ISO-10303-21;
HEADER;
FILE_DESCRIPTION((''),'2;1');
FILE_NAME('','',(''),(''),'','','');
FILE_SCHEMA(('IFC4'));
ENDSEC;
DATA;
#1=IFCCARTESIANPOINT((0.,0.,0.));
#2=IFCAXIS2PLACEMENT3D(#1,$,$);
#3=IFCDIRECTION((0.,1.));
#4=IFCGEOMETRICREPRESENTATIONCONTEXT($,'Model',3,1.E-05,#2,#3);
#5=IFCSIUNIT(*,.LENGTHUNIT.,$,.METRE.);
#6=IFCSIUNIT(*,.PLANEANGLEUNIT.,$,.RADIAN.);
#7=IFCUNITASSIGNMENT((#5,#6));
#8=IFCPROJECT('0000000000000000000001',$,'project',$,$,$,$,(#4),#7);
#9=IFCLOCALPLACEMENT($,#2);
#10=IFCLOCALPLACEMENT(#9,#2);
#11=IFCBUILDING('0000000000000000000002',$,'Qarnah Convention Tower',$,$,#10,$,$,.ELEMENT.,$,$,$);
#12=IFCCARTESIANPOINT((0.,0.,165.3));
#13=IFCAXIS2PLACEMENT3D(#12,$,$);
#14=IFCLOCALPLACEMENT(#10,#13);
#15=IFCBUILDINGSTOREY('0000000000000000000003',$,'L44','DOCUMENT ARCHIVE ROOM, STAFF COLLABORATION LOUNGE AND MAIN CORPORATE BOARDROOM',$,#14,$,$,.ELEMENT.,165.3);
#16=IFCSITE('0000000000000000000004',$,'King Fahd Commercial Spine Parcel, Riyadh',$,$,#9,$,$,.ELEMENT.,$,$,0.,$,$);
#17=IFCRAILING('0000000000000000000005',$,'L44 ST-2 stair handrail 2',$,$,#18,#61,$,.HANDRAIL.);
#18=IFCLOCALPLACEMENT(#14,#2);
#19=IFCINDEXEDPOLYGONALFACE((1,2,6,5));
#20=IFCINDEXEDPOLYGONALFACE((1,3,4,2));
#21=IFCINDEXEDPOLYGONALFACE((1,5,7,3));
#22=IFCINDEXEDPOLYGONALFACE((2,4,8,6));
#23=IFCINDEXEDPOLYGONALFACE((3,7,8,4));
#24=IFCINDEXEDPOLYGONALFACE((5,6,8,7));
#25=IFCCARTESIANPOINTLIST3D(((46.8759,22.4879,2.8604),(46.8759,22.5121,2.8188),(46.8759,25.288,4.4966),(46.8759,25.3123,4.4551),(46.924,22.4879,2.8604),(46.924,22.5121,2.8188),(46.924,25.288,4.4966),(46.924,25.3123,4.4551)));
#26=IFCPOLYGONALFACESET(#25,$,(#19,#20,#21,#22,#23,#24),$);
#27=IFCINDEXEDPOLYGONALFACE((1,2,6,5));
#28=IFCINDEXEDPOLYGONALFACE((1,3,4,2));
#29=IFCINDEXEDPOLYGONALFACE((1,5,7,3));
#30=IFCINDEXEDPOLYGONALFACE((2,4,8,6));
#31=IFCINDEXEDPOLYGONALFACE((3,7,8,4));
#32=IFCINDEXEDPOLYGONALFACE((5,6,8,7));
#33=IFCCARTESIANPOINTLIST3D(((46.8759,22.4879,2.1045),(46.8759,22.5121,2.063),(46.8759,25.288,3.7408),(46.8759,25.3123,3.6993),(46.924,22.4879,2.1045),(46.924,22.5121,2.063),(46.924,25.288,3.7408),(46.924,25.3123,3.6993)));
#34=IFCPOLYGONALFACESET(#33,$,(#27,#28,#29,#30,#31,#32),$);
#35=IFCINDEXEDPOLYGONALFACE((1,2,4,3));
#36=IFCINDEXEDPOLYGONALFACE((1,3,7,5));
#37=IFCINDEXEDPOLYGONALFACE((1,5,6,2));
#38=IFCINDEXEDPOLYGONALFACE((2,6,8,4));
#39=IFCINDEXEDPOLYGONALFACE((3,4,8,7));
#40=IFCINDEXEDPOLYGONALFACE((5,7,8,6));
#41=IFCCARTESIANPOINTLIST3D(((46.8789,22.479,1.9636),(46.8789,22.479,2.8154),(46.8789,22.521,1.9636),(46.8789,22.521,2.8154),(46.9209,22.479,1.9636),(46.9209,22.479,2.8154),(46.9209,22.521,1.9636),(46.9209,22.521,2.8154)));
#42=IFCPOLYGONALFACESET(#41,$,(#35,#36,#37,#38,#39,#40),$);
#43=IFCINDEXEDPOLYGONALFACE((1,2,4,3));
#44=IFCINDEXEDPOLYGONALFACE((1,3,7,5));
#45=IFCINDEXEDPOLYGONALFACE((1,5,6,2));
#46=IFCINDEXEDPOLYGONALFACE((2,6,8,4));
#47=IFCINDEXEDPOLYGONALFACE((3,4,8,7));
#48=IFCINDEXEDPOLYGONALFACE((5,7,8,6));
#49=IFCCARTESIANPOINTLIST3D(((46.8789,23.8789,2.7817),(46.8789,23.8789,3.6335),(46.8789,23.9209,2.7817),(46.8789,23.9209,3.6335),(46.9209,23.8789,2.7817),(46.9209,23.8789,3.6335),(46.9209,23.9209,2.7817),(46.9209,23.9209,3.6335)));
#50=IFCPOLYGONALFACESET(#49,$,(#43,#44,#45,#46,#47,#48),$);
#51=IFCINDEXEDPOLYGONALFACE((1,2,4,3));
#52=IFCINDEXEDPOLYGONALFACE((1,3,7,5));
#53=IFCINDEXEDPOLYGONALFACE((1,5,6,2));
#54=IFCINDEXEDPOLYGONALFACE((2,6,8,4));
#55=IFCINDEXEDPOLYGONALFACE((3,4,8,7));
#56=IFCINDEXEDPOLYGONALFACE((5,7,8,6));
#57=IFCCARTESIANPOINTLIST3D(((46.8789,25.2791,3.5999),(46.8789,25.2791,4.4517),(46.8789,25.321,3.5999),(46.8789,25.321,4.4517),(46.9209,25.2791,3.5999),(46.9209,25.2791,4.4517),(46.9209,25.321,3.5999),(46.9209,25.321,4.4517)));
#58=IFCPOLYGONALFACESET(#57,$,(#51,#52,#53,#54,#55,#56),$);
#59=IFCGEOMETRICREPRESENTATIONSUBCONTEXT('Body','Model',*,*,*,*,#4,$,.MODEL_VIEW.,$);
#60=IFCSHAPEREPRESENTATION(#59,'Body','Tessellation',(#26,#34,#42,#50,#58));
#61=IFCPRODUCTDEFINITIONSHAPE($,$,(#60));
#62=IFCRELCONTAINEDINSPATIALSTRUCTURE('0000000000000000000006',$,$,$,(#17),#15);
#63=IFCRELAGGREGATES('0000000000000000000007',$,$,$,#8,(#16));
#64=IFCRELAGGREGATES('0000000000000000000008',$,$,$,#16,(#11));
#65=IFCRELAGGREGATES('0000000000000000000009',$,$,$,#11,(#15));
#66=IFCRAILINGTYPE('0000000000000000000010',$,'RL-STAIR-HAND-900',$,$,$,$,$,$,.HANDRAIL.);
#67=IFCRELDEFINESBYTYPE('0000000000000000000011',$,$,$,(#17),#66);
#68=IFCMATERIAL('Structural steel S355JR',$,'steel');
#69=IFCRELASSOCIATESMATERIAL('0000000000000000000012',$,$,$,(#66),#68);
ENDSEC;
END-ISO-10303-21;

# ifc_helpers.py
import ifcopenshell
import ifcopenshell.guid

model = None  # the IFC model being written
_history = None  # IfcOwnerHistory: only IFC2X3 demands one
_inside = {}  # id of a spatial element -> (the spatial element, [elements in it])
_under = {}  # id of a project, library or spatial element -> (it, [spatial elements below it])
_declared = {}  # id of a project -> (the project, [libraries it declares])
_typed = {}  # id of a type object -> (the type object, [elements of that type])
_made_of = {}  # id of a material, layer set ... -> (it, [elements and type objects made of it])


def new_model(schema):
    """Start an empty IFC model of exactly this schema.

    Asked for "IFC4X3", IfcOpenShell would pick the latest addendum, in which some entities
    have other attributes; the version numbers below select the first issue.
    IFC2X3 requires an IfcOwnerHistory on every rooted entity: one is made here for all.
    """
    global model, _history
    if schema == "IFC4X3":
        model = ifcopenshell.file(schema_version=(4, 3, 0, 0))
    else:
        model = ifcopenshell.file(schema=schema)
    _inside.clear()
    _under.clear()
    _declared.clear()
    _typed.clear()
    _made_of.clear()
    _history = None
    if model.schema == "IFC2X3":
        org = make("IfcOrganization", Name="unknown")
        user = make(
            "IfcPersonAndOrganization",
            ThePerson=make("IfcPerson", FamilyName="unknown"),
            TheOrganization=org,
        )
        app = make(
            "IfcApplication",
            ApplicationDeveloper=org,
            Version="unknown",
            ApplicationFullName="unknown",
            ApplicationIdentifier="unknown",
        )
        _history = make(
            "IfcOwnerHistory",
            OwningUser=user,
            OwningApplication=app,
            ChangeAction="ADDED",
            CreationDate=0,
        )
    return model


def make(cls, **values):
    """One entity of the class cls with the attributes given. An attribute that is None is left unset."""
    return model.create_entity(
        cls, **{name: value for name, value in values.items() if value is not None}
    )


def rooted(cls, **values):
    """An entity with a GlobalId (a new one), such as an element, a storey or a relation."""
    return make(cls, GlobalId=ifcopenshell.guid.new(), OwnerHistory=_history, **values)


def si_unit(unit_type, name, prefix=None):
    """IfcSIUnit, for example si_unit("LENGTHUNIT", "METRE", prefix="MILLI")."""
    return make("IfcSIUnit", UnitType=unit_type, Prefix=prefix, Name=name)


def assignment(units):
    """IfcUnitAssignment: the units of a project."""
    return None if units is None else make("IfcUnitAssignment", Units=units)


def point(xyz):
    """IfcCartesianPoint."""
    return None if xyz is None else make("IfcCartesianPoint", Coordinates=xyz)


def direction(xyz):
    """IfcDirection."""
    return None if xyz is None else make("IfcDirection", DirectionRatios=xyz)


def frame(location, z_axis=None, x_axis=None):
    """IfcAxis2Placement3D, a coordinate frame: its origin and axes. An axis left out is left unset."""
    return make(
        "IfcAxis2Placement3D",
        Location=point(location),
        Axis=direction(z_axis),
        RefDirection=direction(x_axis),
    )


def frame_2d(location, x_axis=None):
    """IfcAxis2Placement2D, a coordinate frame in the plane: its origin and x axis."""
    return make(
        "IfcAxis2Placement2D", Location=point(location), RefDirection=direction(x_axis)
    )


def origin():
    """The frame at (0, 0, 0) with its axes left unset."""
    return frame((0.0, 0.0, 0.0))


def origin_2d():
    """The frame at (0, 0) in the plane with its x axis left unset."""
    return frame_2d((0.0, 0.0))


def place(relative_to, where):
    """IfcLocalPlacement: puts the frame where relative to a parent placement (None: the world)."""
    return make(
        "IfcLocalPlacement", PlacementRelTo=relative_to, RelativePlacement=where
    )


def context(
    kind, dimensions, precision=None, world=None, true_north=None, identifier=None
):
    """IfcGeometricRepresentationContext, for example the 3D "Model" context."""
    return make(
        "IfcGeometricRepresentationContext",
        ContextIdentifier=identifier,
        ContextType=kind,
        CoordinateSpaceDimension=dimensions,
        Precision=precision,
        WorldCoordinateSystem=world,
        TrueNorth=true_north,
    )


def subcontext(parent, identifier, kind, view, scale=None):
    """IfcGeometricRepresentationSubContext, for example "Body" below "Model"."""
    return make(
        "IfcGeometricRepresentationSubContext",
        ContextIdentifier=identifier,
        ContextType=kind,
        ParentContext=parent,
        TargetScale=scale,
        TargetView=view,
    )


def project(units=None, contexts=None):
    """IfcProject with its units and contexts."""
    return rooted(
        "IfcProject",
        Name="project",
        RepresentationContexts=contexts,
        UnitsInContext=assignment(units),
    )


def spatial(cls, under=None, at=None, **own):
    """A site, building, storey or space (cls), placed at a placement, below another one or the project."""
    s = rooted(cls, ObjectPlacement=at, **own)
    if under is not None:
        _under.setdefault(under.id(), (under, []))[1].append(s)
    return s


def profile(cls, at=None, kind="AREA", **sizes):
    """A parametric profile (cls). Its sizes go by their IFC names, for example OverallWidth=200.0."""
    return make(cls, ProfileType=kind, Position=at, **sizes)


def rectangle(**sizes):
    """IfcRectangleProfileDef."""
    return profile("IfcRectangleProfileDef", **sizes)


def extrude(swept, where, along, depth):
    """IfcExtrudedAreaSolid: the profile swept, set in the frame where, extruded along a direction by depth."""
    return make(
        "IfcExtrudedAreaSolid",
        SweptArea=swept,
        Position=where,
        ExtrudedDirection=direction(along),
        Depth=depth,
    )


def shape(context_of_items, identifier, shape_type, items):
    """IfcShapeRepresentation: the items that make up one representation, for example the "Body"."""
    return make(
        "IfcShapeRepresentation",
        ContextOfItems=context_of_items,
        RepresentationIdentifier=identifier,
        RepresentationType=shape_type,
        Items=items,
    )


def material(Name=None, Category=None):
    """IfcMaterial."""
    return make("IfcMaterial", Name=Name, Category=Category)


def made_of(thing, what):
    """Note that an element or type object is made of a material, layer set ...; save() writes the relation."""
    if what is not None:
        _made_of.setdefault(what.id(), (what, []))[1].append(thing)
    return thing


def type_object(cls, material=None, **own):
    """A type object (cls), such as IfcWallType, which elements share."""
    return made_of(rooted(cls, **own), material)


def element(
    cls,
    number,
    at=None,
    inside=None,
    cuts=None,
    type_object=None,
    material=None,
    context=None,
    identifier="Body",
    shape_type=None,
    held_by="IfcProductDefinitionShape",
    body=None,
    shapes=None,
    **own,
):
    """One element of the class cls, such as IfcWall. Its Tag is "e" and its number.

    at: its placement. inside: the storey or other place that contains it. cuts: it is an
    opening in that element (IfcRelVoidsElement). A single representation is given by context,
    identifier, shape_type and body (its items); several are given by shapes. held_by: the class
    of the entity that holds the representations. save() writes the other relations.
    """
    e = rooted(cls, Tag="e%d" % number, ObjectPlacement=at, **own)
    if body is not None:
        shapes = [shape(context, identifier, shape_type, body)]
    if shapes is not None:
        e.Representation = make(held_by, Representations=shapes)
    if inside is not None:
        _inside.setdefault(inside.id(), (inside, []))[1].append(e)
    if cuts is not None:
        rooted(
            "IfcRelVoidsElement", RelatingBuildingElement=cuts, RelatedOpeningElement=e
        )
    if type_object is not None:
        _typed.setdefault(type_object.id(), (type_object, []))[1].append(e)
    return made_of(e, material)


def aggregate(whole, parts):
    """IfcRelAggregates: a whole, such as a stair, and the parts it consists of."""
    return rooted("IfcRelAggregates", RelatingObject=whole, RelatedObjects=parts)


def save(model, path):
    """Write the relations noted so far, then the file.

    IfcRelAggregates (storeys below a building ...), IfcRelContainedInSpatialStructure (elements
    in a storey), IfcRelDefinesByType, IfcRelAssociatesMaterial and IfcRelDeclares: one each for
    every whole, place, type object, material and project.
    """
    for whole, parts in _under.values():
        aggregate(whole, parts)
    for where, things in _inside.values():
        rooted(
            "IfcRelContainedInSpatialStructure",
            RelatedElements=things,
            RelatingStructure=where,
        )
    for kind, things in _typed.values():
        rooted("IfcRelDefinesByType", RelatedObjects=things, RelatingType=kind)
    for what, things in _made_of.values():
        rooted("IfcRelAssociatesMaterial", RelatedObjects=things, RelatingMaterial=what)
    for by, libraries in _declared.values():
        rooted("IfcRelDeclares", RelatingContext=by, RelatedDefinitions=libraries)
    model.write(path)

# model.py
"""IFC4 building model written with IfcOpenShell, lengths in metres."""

from ifc_helpers import new_model, si_unit, direction, frame, origin, origin_2d, place, context, subcontext, project, spatial, rectangle, extrude, material, type_object, element, save


model = new_model("IFC4")

# Units and contexts
model_context = context("Model", 3, precision=1e-05, world=origin(), true_north=direction((0.0, 1.0)))
body_context = subcontext(model_context, "Body", "Model", "MODEL_VIEW")
ifc_project = project(units=[si_unit("LENGTHUNIT", "METRE"), si_unit("PLANEANGLEUNIT", "RADIAN")], contexts=[model_context])

# Site, building, storey
site_placement = place(None, origin())
site = spatial("IfcSite", under=ifc_project, at=site_placement, Name="King Fahd Commercial Spine Parcel, Riyadh", CompositionType="ELEMENT", RefElevation=0.0)
building_placement = place(site_placement, origin())
building = spatial("IfcBuilding", under=site, at=building_placement, Name="Qarnah Convention Tower", CompositionType="ELEMENT")
storey_placement = place(building_placement, frame((0.0, 0.0, 165.3)))
storey = spatial("IfcBuildingStorey", under=building, at=storey_placement, Name="L44", Description="DOCUMENT ARCHIVE ROOM, STAFF COLLABORATION LOUNGE AND MAIN CORPORATE BOARDROOM", CompositionType="ELEMENT", Elevation=165.3)

# Shared definitions
ifc_material_1 = material(Name="Structural steel S355JR", Category="steel")

# Railing
railing_type_1 = type_object("IfcRailingType", Name="RL-STAIR-HAND-900", PredefinedType="HANDRAIL", material=ifc_material_1)
railing_1_placement = place(storey_placement, frame((46.8999, 22.5, 1.9636)))
element("IfcRailing", 1, at=railing_1_placement, inside=storey, type_object=railing_type_1, Name="L44 ST-2 stair handrail 2", PredefinedType="HANDRAIL", context=body_context, shape_type="SweptSolid", body=[
    extrude(rectangle(XDim=0.0481, YDim=0.0481, at=origin_2d()), frame((0.0, 0.0, 0.876), z_axis=(0.0, 0.863394, 0.504531), x_axis=(-1.0, 0.0, 0.0)), (0.0, 0.0, 1.0), 3.2432),
    extrude(rectangle(XDim=0.0481, YDim=0.0481, at=origin_2d()), frame((0.0, 0.0, 0.1201), z_axis=(0.0, 0.863394, 0.504531), x_axis=(-1.0, 0.0, 0.0)), (0.0, 0.0, 1.0), 3.2432),
    extrude(rectangle(XDim=0.042, YDim=0.042, at=origin_2d()), origin(), (0.0, 0.0, 1.0), 0.8518),
    extrude(rectangle(XDim=0.042, YDim=0.042, at=origin_2d()), frame((0.0, 1.3999, 0.8181)), (0.0, 0.0, 1.0), 0.8518),
    extrude(rectangle(XDim=0.042, YDim=0.042, at=origin_2d()), frame((0.0, 2.8, 1.6362)), (0.0, 0.0, 1.0), 0.8518),
])

save(model, "model.ifc")
